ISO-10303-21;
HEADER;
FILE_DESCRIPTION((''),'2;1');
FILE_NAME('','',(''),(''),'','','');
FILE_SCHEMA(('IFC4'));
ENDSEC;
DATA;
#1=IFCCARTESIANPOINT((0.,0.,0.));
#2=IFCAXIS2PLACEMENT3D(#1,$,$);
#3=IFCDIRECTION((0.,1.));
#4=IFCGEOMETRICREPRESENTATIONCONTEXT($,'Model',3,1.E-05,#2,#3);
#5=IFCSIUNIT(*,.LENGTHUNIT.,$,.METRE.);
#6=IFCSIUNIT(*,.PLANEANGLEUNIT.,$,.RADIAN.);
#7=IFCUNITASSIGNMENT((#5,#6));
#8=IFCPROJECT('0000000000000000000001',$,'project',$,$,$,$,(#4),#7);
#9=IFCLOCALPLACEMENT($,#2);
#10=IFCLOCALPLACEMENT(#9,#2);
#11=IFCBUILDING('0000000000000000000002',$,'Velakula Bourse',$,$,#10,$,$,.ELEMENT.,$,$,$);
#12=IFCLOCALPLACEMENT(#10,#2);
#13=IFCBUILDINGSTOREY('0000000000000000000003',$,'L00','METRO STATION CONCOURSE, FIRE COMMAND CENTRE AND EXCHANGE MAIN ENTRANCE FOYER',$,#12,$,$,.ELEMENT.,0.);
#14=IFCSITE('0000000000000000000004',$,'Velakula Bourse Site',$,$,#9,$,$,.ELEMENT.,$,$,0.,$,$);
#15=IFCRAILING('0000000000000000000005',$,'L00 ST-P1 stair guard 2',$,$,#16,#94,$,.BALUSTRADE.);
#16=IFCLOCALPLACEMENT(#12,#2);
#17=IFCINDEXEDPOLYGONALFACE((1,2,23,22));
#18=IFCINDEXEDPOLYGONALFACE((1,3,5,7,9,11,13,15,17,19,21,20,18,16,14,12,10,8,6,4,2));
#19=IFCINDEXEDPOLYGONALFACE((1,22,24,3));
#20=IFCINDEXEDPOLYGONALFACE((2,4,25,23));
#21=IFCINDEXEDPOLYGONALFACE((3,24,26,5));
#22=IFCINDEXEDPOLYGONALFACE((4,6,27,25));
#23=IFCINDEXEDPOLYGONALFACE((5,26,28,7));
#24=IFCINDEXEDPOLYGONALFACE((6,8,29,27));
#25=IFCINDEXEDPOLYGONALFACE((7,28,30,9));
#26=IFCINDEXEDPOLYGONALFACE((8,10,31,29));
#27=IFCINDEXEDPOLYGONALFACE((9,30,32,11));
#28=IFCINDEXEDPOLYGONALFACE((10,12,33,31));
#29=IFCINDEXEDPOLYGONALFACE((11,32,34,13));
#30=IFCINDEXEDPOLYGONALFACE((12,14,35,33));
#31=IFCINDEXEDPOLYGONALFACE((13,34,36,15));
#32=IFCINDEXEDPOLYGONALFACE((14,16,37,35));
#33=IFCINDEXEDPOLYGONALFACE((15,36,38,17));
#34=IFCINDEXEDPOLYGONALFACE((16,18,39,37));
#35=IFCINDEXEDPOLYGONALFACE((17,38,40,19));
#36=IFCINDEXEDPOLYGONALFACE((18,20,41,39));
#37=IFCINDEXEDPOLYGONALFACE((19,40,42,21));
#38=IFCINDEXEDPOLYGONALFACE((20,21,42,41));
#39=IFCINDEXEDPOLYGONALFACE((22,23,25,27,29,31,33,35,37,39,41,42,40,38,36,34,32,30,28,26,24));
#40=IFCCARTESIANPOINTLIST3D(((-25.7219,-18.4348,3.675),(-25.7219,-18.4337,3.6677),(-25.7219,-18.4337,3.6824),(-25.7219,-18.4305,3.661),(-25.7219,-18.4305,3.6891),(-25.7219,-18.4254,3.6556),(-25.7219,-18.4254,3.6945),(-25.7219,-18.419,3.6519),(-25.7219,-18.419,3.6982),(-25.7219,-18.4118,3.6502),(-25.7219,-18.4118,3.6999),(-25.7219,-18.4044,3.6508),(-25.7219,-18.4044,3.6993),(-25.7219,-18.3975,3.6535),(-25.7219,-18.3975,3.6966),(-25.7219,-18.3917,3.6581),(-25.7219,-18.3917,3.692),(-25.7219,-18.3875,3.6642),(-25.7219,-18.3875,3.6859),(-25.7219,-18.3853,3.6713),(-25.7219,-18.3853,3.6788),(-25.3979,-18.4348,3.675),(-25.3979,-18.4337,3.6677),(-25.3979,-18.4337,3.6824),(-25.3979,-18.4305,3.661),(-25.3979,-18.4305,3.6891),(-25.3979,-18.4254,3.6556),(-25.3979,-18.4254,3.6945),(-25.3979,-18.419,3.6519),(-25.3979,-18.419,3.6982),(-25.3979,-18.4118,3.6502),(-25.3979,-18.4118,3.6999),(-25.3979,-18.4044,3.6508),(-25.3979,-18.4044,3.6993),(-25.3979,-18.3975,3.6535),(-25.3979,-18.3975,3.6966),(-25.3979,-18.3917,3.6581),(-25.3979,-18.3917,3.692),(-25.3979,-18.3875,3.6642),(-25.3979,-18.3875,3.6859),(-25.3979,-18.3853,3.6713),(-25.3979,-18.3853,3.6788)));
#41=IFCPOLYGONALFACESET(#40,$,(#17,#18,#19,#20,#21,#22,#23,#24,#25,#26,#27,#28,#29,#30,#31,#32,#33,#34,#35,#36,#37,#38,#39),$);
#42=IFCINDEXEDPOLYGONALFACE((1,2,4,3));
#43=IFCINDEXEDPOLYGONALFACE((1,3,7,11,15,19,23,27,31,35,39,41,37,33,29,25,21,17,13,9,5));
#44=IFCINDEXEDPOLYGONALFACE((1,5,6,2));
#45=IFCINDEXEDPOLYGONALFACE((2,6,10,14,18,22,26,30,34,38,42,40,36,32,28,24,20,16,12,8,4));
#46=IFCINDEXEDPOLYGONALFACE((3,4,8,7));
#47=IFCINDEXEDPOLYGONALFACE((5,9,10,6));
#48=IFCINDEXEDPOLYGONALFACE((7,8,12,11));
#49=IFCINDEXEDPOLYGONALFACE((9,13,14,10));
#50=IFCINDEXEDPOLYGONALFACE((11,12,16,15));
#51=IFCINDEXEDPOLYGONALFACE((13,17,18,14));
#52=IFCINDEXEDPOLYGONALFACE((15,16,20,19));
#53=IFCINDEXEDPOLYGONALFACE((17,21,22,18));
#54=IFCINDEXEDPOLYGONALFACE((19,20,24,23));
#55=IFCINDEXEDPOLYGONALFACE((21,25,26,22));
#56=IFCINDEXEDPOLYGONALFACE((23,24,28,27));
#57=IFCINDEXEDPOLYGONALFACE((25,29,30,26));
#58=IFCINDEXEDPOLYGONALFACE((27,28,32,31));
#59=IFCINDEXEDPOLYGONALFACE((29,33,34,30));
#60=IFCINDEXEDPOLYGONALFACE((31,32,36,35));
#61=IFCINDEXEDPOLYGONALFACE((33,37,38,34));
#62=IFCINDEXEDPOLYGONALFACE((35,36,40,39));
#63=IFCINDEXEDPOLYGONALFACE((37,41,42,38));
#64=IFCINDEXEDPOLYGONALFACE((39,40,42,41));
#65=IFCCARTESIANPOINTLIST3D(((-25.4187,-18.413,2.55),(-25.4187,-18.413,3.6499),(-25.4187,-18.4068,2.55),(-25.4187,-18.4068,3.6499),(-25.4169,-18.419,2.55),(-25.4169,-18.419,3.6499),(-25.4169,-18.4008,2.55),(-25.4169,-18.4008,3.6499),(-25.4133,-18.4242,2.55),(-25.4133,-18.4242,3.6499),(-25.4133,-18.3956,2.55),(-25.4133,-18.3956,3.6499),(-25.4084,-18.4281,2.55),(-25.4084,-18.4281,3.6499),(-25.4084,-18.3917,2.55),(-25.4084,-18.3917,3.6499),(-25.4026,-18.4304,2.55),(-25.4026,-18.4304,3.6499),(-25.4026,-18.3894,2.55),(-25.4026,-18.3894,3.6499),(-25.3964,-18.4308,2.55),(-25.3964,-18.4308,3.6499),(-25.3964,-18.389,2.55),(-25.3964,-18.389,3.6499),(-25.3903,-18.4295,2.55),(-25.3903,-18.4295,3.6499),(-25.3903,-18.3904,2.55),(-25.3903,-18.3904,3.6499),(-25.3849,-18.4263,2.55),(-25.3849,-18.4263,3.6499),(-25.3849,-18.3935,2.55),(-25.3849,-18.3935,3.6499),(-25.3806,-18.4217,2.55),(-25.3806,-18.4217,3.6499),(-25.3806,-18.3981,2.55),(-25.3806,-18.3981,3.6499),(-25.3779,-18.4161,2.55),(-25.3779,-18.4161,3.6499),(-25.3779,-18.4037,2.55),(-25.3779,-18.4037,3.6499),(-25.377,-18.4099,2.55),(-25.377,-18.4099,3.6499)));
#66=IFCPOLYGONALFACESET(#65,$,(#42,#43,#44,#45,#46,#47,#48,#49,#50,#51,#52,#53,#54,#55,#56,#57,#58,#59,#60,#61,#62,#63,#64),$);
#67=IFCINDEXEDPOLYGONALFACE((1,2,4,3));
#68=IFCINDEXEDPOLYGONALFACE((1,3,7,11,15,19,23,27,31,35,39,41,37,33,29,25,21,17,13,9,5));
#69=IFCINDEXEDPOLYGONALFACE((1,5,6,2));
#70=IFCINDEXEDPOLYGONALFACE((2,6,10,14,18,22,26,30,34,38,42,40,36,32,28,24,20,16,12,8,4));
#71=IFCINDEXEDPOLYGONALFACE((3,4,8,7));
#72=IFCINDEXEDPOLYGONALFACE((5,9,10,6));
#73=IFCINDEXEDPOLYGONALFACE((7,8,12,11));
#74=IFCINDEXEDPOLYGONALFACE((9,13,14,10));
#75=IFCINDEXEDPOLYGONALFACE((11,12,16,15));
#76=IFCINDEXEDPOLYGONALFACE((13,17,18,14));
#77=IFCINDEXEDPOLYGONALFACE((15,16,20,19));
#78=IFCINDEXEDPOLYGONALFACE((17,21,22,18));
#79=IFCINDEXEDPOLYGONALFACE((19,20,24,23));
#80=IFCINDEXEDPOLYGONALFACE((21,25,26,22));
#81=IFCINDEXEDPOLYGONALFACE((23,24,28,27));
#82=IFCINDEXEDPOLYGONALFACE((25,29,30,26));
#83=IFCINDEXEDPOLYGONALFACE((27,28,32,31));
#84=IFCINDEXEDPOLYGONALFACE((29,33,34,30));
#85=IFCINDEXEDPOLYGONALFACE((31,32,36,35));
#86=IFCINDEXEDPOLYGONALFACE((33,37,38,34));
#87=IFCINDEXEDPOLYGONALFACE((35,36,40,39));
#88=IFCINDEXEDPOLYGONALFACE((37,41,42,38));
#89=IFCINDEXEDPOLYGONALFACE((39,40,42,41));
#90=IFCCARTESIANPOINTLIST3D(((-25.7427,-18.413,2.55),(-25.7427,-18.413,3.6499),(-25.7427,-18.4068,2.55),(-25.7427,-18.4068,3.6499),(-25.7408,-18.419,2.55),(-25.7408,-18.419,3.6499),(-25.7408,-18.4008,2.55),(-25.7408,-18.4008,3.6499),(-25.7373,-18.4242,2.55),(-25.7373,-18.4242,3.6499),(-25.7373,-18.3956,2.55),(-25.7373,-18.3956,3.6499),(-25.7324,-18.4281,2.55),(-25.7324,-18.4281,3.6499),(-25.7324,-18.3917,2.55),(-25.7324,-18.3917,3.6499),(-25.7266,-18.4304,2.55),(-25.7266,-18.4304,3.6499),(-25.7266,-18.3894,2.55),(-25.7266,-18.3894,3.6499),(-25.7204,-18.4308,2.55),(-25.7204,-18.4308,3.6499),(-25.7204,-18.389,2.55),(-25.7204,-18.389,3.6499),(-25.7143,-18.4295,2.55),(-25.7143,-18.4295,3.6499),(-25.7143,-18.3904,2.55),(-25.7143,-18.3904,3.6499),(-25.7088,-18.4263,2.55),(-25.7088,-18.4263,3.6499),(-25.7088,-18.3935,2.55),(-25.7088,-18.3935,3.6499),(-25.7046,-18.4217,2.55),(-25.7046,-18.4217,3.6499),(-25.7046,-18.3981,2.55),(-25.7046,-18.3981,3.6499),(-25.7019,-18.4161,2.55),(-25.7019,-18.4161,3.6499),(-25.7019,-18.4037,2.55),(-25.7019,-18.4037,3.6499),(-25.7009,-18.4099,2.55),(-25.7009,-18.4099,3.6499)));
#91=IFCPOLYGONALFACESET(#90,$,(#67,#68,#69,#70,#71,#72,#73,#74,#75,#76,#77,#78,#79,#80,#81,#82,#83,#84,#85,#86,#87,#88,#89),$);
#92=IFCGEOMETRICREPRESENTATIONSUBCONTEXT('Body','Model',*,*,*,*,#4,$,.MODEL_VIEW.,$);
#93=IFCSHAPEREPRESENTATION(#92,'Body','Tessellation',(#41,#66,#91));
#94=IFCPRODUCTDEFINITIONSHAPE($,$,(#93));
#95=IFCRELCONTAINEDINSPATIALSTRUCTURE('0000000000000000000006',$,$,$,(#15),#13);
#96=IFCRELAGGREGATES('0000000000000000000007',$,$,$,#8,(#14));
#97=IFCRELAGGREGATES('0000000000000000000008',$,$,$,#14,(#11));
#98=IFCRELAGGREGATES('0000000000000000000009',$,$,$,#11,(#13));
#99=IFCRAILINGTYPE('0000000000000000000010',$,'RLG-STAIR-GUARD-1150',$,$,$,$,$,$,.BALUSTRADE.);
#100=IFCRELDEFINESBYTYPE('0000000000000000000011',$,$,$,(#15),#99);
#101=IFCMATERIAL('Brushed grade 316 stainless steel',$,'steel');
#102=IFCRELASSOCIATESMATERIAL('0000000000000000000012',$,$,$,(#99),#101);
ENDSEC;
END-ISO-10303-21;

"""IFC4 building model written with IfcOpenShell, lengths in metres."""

from ifc_helpers import new_model, si_unit, direction, frame, origin, origin_2d, place, context, subcontext, project, spatial, circle, extrude, material, type_object, element, save


model = new_model("IFC4")

# Units and contexts
model_context = context("Model", 3, precision=1e-05, world=origin(), true_north=direction((0.0, 1.0)))
body_context = subcontext(model_context, "Body", "Model", "MODEL_VIEW")
ifc_project = project(units=[si_unit("LENGTHUNIT", "METRE"), si_unit("PLANEANGLEUNIT", "RADIAN")], contexts=[model_context])

# Site, building, storey
site_placement = place(None, origin())
site = spatial("IfcSite", under=ifc_project, at=site_placement, Name="Velakula Bourse Site", CompositionType="ELEMENT", RefElevation=0.0)
building_placement = place(site_placement, origin())
building = spatial("IfcBuilding", under=site, at=building_placement, Name="Velakula Bourse", CompositionType="ELEMENT")
storey_placement = place(building_placement, origin())
storey = spatial("IfcBuildingStorey", under=building, at=storey_placement, Name="L00", Description="METRO STATION CONCOURSE, FIRE COMMAND CENTRE AND EXCHANGE MAIN ENTRANCE FOYER", CompositionType="ELEMENT", Elevation=0.0)

# Railing
ifc_material_1 = material(Name="Brushed grade 316 stainless steel", Category="steel")
railing_type_1 = type_object("IfcRailingType", Name="RLG-STAIR-GUARD-1150", PredefinedType="BALUSTRADE", material=ifc_material_1)
railing_1_placement = place(storey_placement, frame((-25.3979, -18.4099, 2.55)))
element("IfcRailing", 1, at=railing_1_placement, inside=storey, type_object=railing_type_1, Name="L00 ST-P1 stair guard 2", PredefinedType="BALUSTRADE", context=body_context, shape_type="SweptSolid", body=[
    extrude(circle(Radius=0.0249, at=origin_2d()), frame((0.0, 0.0, 1.125), z_axis=(-1.0, 0.0, 0.0), x_axis=(0.0, -1.0, 0.0)), (0.0, 0.0, 1.0), 0.324),
    extrude(circle(Radius=0.021, at=origin_2d()), origin(), (0.0, 0.0, 1.0), 1.0999),
    extrude(circle(Radius=0.021, at=origin_2d()), frame((-0.324, 0.0, 0.0)), (0.0, 0.0, 1.0), 1.0999),
])

save(model, "model.ifc")
